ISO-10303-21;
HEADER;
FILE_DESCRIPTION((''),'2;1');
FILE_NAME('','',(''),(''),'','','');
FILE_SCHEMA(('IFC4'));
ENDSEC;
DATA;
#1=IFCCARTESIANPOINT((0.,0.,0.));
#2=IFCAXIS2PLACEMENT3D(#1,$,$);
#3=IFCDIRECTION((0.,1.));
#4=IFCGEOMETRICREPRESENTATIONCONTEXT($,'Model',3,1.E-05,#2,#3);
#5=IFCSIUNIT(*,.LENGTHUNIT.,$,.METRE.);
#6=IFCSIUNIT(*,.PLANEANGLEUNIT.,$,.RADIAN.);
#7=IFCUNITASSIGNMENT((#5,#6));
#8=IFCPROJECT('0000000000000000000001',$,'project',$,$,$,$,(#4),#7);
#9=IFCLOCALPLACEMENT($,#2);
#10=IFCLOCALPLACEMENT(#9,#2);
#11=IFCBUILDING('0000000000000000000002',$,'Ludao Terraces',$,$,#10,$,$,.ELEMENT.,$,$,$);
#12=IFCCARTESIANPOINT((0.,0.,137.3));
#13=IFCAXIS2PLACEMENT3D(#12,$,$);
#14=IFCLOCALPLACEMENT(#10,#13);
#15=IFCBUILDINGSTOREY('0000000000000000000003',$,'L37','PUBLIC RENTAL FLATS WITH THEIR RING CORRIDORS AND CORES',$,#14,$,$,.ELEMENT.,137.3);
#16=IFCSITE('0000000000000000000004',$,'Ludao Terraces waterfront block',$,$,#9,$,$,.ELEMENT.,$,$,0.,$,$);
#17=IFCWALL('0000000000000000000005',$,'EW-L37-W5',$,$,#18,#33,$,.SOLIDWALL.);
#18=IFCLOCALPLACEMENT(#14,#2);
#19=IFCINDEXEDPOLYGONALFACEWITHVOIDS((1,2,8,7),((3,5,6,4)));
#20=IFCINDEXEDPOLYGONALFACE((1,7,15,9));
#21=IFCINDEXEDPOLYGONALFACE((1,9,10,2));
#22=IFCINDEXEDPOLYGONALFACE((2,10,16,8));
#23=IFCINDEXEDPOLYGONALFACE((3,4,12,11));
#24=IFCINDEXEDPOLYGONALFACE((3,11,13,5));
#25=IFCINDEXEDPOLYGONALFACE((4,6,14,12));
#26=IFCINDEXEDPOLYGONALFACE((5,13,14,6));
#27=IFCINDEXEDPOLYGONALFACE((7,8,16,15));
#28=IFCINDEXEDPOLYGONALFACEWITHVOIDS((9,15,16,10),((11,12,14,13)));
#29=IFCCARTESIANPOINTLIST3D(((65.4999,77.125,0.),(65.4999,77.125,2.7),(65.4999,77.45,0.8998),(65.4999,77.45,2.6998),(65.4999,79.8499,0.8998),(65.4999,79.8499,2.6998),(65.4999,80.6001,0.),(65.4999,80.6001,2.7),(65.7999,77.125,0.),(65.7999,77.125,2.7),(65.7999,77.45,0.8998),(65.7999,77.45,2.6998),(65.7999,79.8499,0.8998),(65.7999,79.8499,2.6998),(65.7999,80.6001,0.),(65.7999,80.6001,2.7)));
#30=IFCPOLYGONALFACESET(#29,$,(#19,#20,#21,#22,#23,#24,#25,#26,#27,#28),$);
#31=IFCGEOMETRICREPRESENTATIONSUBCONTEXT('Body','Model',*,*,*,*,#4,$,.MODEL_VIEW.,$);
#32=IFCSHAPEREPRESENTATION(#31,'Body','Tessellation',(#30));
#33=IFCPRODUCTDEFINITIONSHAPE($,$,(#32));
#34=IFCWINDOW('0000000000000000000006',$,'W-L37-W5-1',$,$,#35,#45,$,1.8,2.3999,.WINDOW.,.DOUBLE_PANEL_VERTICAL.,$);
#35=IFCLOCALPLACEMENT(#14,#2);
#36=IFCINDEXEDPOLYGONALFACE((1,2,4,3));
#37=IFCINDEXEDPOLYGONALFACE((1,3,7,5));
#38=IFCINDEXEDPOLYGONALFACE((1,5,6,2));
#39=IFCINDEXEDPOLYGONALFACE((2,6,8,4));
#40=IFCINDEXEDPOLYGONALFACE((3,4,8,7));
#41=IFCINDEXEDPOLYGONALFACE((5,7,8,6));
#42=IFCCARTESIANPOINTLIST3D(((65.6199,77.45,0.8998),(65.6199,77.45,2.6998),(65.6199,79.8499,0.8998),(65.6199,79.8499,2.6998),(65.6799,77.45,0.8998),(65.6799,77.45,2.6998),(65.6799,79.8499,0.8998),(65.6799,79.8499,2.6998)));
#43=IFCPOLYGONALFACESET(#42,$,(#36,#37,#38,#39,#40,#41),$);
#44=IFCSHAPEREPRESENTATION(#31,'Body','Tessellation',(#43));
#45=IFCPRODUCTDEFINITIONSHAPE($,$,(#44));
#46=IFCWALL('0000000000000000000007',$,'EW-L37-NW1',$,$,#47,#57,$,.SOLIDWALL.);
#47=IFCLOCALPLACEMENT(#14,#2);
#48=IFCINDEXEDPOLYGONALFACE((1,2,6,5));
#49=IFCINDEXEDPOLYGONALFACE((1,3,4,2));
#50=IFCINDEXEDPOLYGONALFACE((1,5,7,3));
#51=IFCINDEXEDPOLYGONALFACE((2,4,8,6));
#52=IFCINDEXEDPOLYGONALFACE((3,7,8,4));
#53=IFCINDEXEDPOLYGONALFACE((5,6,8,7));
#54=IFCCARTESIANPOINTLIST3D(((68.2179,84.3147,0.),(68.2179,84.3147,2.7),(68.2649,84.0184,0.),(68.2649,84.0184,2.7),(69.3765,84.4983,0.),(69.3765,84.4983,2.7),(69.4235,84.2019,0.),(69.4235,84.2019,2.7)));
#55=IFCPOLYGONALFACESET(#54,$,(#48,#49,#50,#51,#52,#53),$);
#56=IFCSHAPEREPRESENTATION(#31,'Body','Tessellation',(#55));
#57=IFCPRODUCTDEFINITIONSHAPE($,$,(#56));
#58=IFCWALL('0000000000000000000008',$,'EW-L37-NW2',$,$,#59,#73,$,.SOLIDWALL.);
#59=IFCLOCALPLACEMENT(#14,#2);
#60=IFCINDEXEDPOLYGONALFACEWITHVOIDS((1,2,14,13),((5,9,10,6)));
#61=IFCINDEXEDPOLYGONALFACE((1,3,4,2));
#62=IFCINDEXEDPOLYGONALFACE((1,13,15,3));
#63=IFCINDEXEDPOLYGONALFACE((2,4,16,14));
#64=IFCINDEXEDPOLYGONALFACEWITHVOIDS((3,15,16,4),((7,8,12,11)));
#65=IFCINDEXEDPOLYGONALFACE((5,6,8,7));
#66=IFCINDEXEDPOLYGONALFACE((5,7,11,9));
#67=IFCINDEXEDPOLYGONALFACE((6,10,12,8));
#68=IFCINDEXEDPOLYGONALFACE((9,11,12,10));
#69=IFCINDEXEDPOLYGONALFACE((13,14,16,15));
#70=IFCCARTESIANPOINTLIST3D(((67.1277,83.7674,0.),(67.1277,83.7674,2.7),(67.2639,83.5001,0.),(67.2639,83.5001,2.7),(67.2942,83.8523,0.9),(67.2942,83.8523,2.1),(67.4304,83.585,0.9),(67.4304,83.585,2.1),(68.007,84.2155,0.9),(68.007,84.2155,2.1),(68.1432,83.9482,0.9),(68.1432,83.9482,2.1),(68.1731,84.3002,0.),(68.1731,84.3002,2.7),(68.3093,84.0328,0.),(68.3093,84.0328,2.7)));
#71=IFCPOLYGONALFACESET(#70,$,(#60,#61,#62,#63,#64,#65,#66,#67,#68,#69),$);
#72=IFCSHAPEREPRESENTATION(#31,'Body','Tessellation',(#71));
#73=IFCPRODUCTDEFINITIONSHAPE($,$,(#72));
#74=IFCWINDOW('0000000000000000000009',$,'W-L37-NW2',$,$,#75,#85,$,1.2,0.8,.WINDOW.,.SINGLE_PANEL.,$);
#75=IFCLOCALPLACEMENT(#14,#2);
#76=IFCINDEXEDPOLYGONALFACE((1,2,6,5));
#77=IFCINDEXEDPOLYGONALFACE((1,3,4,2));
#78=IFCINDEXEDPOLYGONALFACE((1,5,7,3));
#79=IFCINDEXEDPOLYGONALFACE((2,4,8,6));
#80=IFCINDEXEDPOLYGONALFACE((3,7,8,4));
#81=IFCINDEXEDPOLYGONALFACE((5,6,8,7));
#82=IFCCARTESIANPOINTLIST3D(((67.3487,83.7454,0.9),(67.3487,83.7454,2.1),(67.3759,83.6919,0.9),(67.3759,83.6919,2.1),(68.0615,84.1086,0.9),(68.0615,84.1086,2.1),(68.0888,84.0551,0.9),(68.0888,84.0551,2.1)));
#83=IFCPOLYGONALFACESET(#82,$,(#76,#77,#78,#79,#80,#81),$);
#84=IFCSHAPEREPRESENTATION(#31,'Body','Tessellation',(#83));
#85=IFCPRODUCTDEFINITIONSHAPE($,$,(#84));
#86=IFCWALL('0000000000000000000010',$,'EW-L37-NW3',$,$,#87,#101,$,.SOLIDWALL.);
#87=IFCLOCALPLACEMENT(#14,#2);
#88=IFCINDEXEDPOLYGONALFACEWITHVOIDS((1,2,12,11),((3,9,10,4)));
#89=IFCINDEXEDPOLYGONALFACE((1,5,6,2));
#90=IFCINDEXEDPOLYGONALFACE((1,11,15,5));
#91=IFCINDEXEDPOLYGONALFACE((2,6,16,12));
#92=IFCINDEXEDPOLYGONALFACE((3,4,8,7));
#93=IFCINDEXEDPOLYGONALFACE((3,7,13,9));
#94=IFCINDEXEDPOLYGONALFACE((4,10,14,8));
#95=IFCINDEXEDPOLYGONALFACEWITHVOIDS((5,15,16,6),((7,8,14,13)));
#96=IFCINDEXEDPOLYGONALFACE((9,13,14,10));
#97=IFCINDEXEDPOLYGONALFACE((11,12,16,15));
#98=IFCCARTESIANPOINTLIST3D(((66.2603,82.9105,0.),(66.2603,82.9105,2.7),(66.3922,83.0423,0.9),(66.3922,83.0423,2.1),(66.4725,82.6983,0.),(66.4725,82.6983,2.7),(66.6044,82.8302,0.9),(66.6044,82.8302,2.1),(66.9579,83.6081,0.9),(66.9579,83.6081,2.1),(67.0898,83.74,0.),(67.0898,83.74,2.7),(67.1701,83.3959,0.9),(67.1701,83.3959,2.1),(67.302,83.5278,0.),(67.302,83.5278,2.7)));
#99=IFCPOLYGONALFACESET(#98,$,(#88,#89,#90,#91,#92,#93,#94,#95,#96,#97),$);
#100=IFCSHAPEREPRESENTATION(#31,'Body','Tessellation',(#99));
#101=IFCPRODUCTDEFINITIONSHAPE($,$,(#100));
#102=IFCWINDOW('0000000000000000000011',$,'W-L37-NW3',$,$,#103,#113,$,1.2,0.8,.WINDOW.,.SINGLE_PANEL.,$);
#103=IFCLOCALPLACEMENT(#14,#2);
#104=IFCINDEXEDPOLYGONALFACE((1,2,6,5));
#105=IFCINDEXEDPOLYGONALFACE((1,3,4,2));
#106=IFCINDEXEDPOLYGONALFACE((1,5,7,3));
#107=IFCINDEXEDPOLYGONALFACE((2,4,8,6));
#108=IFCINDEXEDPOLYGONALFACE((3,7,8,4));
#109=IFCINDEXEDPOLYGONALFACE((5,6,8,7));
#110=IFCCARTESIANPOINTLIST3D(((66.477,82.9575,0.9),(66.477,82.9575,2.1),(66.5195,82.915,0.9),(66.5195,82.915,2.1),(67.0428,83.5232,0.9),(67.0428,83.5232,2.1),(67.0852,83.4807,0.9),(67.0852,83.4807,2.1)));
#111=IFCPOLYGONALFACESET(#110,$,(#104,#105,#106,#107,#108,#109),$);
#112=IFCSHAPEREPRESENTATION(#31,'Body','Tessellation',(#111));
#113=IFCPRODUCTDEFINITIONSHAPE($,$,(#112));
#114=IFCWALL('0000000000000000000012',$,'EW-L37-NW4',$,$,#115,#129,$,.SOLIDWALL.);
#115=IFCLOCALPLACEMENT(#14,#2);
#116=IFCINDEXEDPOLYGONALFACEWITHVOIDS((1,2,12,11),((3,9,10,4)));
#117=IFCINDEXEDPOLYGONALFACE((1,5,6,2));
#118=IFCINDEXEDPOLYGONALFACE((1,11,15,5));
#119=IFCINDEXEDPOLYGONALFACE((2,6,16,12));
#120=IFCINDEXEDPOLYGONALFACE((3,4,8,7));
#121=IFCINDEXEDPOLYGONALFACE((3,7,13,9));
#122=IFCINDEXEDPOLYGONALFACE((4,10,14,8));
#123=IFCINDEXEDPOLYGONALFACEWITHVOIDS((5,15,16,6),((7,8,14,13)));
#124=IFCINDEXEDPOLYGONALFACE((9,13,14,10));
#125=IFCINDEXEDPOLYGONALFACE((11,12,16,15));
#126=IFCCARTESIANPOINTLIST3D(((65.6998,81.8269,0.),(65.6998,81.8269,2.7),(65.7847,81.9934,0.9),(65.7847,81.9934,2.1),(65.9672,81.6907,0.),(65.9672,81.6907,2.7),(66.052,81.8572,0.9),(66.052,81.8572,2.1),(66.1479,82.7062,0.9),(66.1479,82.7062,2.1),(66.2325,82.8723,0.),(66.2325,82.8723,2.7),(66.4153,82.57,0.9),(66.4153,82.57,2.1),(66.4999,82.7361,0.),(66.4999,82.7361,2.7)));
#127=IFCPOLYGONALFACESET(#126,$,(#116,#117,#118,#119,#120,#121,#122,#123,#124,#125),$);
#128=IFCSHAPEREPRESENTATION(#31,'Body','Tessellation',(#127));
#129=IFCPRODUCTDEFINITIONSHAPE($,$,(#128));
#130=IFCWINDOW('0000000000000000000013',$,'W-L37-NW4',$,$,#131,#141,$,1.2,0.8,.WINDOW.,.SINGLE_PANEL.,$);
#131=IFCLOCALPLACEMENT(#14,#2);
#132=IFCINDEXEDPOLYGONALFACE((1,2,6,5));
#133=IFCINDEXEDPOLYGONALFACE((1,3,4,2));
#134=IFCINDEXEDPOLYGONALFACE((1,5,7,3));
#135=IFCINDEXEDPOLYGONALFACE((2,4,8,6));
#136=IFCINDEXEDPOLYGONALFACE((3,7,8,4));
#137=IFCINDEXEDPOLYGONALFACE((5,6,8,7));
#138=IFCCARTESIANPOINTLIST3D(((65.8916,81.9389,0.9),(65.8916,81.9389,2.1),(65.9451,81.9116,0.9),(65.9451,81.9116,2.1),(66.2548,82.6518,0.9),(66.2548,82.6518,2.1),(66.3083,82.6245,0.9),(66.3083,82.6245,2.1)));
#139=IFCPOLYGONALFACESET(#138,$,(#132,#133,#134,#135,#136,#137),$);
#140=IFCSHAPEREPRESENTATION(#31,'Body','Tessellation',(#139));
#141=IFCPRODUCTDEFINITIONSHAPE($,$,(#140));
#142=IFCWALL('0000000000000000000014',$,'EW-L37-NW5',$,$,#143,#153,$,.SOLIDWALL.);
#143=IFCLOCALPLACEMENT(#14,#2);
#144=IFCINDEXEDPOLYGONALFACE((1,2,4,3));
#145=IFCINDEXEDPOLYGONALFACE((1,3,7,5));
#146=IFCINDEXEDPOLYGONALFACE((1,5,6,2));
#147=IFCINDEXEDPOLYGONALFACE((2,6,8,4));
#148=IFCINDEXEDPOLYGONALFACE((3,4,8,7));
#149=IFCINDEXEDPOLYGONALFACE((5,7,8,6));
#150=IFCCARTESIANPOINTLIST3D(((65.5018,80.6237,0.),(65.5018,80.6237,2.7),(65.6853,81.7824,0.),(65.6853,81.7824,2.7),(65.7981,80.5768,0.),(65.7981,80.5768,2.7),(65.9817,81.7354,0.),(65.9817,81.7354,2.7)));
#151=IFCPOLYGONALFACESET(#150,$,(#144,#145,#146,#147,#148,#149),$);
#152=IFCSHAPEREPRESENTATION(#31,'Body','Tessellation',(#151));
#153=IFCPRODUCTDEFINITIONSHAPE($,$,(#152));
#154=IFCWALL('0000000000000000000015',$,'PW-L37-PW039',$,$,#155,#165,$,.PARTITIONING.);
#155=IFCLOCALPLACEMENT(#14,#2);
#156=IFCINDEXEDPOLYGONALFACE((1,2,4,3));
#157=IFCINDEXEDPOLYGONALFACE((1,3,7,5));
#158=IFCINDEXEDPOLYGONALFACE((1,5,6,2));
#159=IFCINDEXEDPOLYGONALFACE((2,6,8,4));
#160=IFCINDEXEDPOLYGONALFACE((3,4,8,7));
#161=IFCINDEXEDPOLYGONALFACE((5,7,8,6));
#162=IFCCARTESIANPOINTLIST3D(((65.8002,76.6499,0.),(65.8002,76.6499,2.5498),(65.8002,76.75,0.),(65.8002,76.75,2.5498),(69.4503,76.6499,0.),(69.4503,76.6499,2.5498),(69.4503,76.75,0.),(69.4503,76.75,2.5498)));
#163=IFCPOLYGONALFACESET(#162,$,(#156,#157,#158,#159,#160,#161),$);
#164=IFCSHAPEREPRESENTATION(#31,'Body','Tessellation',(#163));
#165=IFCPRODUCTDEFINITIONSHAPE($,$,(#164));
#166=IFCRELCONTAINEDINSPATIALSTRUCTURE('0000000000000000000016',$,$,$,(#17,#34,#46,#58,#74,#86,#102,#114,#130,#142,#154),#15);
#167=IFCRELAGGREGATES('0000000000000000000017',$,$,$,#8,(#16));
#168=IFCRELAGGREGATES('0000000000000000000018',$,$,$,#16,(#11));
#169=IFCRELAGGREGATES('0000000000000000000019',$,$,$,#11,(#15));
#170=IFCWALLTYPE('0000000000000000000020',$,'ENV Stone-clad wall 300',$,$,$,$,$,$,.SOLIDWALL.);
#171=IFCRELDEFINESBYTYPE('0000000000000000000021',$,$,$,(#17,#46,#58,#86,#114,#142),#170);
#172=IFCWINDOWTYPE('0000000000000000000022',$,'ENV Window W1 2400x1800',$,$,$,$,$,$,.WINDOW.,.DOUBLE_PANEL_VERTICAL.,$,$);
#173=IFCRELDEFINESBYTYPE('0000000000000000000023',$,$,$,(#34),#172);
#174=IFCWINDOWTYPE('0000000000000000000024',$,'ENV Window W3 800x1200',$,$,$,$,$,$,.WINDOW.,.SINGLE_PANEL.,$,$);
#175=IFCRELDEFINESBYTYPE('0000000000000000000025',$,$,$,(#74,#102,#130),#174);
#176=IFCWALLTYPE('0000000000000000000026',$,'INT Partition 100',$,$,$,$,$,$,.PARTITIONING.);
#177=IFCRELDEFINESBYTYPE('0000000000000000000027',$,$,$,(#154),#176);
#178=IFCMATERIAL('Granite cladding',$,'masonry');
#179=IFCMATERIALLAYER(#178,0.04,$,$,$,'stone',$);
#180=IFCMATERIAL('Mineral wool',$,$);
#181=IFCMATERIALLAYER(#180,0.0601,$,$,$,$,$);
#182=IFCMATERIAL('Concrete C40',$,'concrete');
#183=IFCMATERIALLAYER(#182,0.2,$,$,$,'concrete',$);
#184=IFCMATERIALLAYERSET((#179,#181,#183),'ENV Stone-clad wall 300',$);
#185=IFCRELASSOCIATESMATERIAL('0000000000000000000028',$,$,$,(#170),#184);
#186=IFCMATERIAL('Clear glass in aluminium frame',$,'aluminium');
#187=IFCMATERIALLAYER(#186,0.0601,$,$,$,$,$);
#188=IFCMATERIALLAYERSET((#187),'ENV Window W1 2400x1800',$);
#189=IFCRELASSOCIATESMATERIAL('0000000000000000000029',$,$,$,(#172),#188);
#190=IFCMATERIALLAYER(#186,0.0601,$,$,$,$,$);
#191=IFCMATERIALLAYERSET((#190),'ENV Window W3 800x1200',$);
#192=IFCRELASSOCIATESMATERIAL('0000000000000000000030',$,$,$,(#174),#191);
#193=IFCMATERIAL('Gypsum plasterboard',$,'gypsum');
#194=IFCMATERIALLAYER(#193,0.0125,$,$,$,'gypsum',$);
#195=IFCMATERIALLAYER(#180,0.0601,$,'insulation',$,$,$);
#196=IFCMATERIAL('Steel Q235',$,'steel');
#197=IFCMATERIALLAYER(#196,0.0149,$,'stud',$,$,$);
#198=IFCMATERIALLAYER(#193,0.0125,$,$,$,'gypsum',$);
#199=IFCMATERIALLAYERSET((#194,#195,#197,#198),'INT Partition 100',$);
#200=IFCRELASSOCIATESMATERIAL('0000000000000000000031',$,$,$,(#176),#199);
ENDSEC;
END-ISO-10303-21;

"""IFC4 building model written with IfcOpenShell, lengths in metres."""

from ifc_helpers import new_model, si_unit, direction, frame, frame_2d, origin, place, context, subcontext, project, spatial, rectangle, extrude, material, layer, layer_set, type_object, element, fill, save


model = new_model("IFC4")

# Units and contexts
model_context = context("Model", 3, precision=1e-05, world=origin(), true_north=direction((0.0, 1.0)))
body_context = subcontext(model_context, "Body", "Model", "MODEL_VIEW")
ifc_project = project(units=[si_unit("LENGTHUNIT", "METRE"), si_unit("PLANEANGLEUNIT", "RADIAN")], contexts=[model_context])

# Site, building, storey
site_placement = place(None, origin())
site = spatial("IfcSite", under=ifc_project, at=site_placement, Name="Ludao Terraces waterfront block", CompositionType="ELEMENT", RefElevation=0.0)
building_placement = place(site_placement, origin())
building = spatial("IfcBuilding", under=site, at=building_placement, Name="Ludao Terraces", CompositionType="ELEMENT")
storey_placement = place(building_placement, frame((0.0, 0.0, 137.3)))
storey = spatial("IfcBuildingStorey", under=building, at=storey_placement, Name="L37", Description="PUBLIC RENTAL FLATS WITH THEIR RING CORRIDORS AND CORES", CompositionType="ELEMENT", Elevation=137.3)

# Shared definitions
ifc_material_1 = material(Name="Concrete C40", Category="concrete")

# Shared definitions
ifc_material_2 = material(Name="Steel Q235", Category="steel")

# Shared definitions
ifc_material_3 = material(Name="Granite cladding", Category="masonry")
ifc_layer_1 = layer(ifc_material_3, 0.04, Category="stone")
ifc_material_4 = material(Name="Mineral wool")
ifc_layer_2 = layer(ifc_material_4, 0.0601)
ifc_layer_3 = layer(ifc_material_1, 0.2, Category="concrete")
ifc_layer_set_1 = layer_set([ifc_layer_1, ifc_layer_2, ifc_layer_3], Name="ENV Stone-clad wall 300")
wall_type_1 = type_object("IfcWallType", Name="ENV Stone-clad wall 300", PredefinedType="SOLIDWALL", material=ifc_layer_set_1)
ifc_material_5 = material(Name="Clear glass in aluminium frame", Category="aluminium")
ifc_layer_4 = layer(ifc_material_5, 0.0601)
ifc_layer_set_2 = layer_set([ifc_layer_4], Name="ENV Window W1 2400x1800")
window_type_1 = type_object("IfcWindowType", Name="ENV Window W1 2400x1800", PartitioningType="DOUBLE_PANEL_VERTICAL", PredefinedType="WINDOW", material=ifc_layer_set_2)

# Wall, opening, window
wall_1_placement = place(storey_placement, frame((65.6499, 77.125, 0.0), z_axis=(0.0, 0.0, 1.0), x_axis=(0.0, 1.0, 0.0)))
wall_1 = element("IfcWall", 1, at=wall_1_placement, inside=storey, type_object=wall_type_1, Name="EW-L37-W5", PredefinedType="SOLIDWALL", context=body_context, shape_type="SweptSolid", body=[
    extrude(rectangle(XDim=3.4751, YDim=0.3, at=frame_2d((1.7375, 0.0))), origin(), (0.0, 0.0, 1.0), 2.7),
])
opening_1_placement = place(wall_1_placement, frame((0.325, 0.0, 0.8999)))
opening_1 = element("IfcOpeningElement", 2, at=opening_1_placement, cuts=wall_1, PredefinedType="OPENING", context=body_context, shape_type="SweptSolid", body=[
    extrude(rectangle(XDim=2.3999, YDim=1.8, at=frame_2d((1.2, 0.8999))), frame((0.0, 0.1602, 0.0), z_axis=(0.0, -1.0, 0.0), x_axis=(1.0, 0.0, 0.0)), (0.0, 0.0, 1.0), 0.3201),
])
window_1_placement = place(opening_1_placement, origin())
window_1 = element("IfcWindow", 3, at=window_1_placement, inside=storey, type_object=window_type_1, Name="W-L37-W5-1", OverallHeight=1.8, OverallWidth=2.3999, PartitioningType="DOUBLE_PANEL_VERTICAL", PredefinedType="WINDOW", context=body_context, shape_type="SweptSolid", body=[
    extrude(rectangle(XDim=2.3999, YDim=1.8, at=frame_2d((1.2, 0.8999))), frame((0.0, 0.03, 0.0), z_axis=(0.0, -1.0, 0.0), x_axis=(1.0, 0.0, 0.0)), (0.0, 0.0, 1.0), 0.0601),
])
fill(opening_1, window_1)

# Wall
wall_2_placement = place(storey_placement, frame((69.3999, 84.3501, 0.0), z_axis=(0.0, 0.0, 1.0), x_axis=(-0.987678, -0.156497, 0.0)))
element("IfcWall", 4, at=wall_2_placement, inside=storey, type_object=wall_type_1, Name="EW-L37-NW1", PredefinedType="SOLIDWALL", context=body_context, shape_type="SweptSolid", body=[
    extrude(rectangle(XDim=1.1731, YDim=0.3, at=frame_2d((0.5864, 0.0))), origin(), (0.0, 0.0, 1.0), 2.7),
])

# Walls, openings, windows
wall_3_placement = place(storey_placement, frame((68.2412, 84.1665, 0.0), z_axis=(0.0, 0.0, 1.0), x_axis=(-0.890989, -0.454026, 0.0)))
wall_3 = element("IfcWall", 5, at=wall_3_placement, inside=storey, type_object=wall_type_1, Name="EW-L37-NW2", PredefinedType="SOLIDWALL", context=body_context, shape_type="SweptSolid", body=[
    extrude(rectangle(XDim=1.1733, YDim=0.3, at=frame_2d((0.5867, 0.0))), origin(), (0.0, 0.0, 1.0), 2.7),
])
opening_2_placement = place(wall_3_placement, frame((0.1865, 0.0, 0.8999)))
opening_2 = element("IfcOpeningElement", 6, at=opening_2_placement, cuts=wall_3, PredefinedType="OPENING", context=body_context, shape_type="SweptSolid", body=[
    extrude(rectangle(XDim=0.8, YDim=1.2, at=frame_2d((0.3999, 0.6001))), frame((0.0, 0.1602, 0.0), z_axis=(0.0, -1.0, 0.0), x_axis=(1.0, 0.0, 0.0)), (0.0, 0.0, 1.0), 0.3201),
])
ifc_layer_5 = layer(ifc_material_5, 0.0601)
ifc_layer_set_3 = layer_set([ifc_layer_5], Name="ENV Window W3 800x1200")
window_type_2 = type_object("IfcWindowType", Name="ENV Window W3 800x1200", PartitioningType="SINGLE_PANEL", PredefinedType="WINDOW", material=ifc_layer_set_3)
window_2_placement = place(opening_2_placement, origin())
window_2 = element("IfcWindow", 7, at=window_2_placement, inside=storey, type_object=window_type_2, Name="W-L37-NW2", OverallHeight=1.2, OverallWidth=0.8, PartitioningType="SINGLE_PANEL", PredefinedType="WINDOW", context=body_context, shape_type="SweptSolid", body=[
    extrude(rectangle(XDim=0.8, YDim=1.2, at=frame_2d((0.3999, 0.6001))), frame((0.0, 0.03, 0.0), z_axis=(0.0, -1.0, 0.0), x_axis=(1.0, 0.0, 0.0)), (0.0, 0.0, 1.0), 0.0601),
])
fill(opening_2, window_2)
wall_4_placement = place(storey_placement, frame((67.1958, 83.6338, 0.0), z_axis=(0.0, 0.0, 1.0), x_axis=(-0.707107, -0.707107, 0.0)))
wall_4 = element("IfcWall", 8, at=wall_4_placement, inside=storey, type_object=wall_type_1, Name="EW-L37-NW3", PredefinedType="SOLIDWALL", context=body_context, shape_type="SweptSolid", body=[
    extrude(rectangle(XDim=1.1731, YDim=0.3, at=frame_2d((0.5864, 0.0))), origin(), (0.0, 0.0, 1.0), 2.7),
])
opening_3_placement = place(wall_4_placement, frame((0.1865, 0.0, 0.8999)))
opening_3 = element("IfcOpeningElement", 9, at=opening_3_placement, cuts=wall_4, PredefinedType="OPENING", context=body_context, shape_type="SweptSolid", body=[
    extrude(rectangle(XDim=0.8, YDim=1.2, at=frame_2d((0.3999, 0.6001))), frame((0.0, 0.1602, 0.0), z_axis=(0.0, -1.0, 0.0), x_axis=(1.0, 0.0, 0.0)), (0.0, 0.0, 1.0), 0.3201),
])
window_3_placement = place(opening_3_placement, origin())
window_3 = element("IfcWindow", 10, at=window_3_placement, inside=storey, type_object=window_type_2, Name="W-L37-NW3", OverallHeight=1.2, OverallWidth=0.8, PartitioningType="SINGLE_PANEL", PredefinedType="WINDOW", context=body_context, shape_type="SweptSolid", body=[
    extrude(rectangle(XDim=0.8, YDim=1.2, at=frame_2d((0.3999, 0.6001))), frame((0.0, 0.03, 0.0), z_axis=(0.0, -1.0, 0.0), x_axis=(1.0, 0.0, 0.0)), (0.0, 0.0, 1.0), 0.0601),
])
fill(opening_3, window_3)
wall_5_placement = place(storey_placement, frame((66.3662, 82.8042, 0.0), z_axis=(0.0, 0.0, 1.0), x_axis=(-0.454026, -0.890989, 0.0)))
wall_5 = element("IfcWall", 11, at=wall_5_placement, inside=storey, type_object=wall_type_1, Name="EW-L37-NW4", PredefinedType="SOLIDWALL", context=body_context, shape_type="SweptSolid", body=[
    extrude(rectangle(XDim=1.1733, YDim=0.3, at=frame_2d((0.5867, 0.0))), origin(), (0.0, 0.0, 1.0), 2.7),
])
opening_4_placement = place(wall_5_placement, frame((0.1865, 0.0, 0.8999)))
opening_4 = element("IfcOpeningElement", 12, at=opening_4_placement, cuts=wall_5, PredefinedType="OPENING", context=body_context, shape_type="SweptSolid", body=[
    extrude(rectangle(XDim=0.8, YDim=1.2, at=frame_2d((0.3999, 0.6001))), frame((0.0, 0.1602, 0.0), z_axis=(0.0, -1.0, 0.0), x_axis=(1.0, 0.0, 0.0)), (0.0, 0.0, 1.0), 0.3201),
])
window_4_placement = place(opening_4_placement, origin())
window_4 = element("IfcWindow", 13, at=window_4_placement, inside=storey, type_object=window_type_2, Name="W-L37-NW4", OverallHeight=1.2, OverallWidth=0.8, PartitioningType="SINGLE_PANEL", PredefinedType="WINDOW", context=body_context, shape_type="SweptSolid", body=[
    extrude(rectangle(XDim=0.8, YDim=1.2, at=frame_2d((0.3999, 0.6001))), frame((0.0, 0.03, 0.0), z_axis=(0.0, -1.0, 0.0), x_axis=(1.0, 0.0, 0.0)), (0.0, 0.0, 1.0), 0.0601),
])
fill(opening_4, window_4)

# Walls
wall_6_placement = place(storey_placement, frame((65.8335, 81.7588, 0.0), z_axis=(0.0, 0.0, 1.0), x_axis=(-0.156497, -0.987678, 0.0)))
element("IfcWall", 14, at=wall_6_placement, inside=storey, type_object=wall_type_1, Name="EW-L37-NW5", PredefinedType="SOLIDWALL", context=body_context, shape_type="SweptSolid", body=[
    extrude(rectangle(XDim=1.1731, YDim=0.3, at=frame_2d((0.5864, 0.0))), origin(), (0.0, 0.0, 1.0), 2.7),
])
ifc_material_6 = material(Name="Gypsum plasterboard", Category="gypsum")
ifc_layer_6 = layer(ifc_material_6, 0.0125, Category="gypsum")
ifc_layer_7 = layer(ifc_material_4, 0.0601, Name="insulation")
ifc_layer_8 = layer(ifc_material_2, 0.0149, Name="stud")
ifc_layer_9 = layer(ifc_material_6, 0.0125, Category="gypsum")
ifc_layer_set_4 = layer_set([ifc_layer_6, ifc_layer_7, ifc_layer_8, ifc_layer_9], Name="INT Partition 100")
wall_type_2 = type_object("IfcWallType", Name="INT Partition 100", PredefinedType="PARTITIONING", material=ifc_layer_set_4)
wall_7_placement = place(storey_placement, frame((65.8, 76.7, 0.0), z_axis=(0.0, 0.0, 1.0), x_axis=(1.0, 0.0, 0.0)))
element("IfcWall", 15, at=wall_7_placement, inside=storey, type_object=wall_type_2, Name="PW-L37-PW039", PredefinedType="PARTITIONING", context=body_context, shape_type="SweptSolid", body=[
    extrude(rectangle(XDim=3.6501, YDim=0.1001, at=frame_2d((1.8252, 0.0))), origin(), (0.0, 0.0, 1.0), 2.5498),
])

save(model, "model.ifc")
